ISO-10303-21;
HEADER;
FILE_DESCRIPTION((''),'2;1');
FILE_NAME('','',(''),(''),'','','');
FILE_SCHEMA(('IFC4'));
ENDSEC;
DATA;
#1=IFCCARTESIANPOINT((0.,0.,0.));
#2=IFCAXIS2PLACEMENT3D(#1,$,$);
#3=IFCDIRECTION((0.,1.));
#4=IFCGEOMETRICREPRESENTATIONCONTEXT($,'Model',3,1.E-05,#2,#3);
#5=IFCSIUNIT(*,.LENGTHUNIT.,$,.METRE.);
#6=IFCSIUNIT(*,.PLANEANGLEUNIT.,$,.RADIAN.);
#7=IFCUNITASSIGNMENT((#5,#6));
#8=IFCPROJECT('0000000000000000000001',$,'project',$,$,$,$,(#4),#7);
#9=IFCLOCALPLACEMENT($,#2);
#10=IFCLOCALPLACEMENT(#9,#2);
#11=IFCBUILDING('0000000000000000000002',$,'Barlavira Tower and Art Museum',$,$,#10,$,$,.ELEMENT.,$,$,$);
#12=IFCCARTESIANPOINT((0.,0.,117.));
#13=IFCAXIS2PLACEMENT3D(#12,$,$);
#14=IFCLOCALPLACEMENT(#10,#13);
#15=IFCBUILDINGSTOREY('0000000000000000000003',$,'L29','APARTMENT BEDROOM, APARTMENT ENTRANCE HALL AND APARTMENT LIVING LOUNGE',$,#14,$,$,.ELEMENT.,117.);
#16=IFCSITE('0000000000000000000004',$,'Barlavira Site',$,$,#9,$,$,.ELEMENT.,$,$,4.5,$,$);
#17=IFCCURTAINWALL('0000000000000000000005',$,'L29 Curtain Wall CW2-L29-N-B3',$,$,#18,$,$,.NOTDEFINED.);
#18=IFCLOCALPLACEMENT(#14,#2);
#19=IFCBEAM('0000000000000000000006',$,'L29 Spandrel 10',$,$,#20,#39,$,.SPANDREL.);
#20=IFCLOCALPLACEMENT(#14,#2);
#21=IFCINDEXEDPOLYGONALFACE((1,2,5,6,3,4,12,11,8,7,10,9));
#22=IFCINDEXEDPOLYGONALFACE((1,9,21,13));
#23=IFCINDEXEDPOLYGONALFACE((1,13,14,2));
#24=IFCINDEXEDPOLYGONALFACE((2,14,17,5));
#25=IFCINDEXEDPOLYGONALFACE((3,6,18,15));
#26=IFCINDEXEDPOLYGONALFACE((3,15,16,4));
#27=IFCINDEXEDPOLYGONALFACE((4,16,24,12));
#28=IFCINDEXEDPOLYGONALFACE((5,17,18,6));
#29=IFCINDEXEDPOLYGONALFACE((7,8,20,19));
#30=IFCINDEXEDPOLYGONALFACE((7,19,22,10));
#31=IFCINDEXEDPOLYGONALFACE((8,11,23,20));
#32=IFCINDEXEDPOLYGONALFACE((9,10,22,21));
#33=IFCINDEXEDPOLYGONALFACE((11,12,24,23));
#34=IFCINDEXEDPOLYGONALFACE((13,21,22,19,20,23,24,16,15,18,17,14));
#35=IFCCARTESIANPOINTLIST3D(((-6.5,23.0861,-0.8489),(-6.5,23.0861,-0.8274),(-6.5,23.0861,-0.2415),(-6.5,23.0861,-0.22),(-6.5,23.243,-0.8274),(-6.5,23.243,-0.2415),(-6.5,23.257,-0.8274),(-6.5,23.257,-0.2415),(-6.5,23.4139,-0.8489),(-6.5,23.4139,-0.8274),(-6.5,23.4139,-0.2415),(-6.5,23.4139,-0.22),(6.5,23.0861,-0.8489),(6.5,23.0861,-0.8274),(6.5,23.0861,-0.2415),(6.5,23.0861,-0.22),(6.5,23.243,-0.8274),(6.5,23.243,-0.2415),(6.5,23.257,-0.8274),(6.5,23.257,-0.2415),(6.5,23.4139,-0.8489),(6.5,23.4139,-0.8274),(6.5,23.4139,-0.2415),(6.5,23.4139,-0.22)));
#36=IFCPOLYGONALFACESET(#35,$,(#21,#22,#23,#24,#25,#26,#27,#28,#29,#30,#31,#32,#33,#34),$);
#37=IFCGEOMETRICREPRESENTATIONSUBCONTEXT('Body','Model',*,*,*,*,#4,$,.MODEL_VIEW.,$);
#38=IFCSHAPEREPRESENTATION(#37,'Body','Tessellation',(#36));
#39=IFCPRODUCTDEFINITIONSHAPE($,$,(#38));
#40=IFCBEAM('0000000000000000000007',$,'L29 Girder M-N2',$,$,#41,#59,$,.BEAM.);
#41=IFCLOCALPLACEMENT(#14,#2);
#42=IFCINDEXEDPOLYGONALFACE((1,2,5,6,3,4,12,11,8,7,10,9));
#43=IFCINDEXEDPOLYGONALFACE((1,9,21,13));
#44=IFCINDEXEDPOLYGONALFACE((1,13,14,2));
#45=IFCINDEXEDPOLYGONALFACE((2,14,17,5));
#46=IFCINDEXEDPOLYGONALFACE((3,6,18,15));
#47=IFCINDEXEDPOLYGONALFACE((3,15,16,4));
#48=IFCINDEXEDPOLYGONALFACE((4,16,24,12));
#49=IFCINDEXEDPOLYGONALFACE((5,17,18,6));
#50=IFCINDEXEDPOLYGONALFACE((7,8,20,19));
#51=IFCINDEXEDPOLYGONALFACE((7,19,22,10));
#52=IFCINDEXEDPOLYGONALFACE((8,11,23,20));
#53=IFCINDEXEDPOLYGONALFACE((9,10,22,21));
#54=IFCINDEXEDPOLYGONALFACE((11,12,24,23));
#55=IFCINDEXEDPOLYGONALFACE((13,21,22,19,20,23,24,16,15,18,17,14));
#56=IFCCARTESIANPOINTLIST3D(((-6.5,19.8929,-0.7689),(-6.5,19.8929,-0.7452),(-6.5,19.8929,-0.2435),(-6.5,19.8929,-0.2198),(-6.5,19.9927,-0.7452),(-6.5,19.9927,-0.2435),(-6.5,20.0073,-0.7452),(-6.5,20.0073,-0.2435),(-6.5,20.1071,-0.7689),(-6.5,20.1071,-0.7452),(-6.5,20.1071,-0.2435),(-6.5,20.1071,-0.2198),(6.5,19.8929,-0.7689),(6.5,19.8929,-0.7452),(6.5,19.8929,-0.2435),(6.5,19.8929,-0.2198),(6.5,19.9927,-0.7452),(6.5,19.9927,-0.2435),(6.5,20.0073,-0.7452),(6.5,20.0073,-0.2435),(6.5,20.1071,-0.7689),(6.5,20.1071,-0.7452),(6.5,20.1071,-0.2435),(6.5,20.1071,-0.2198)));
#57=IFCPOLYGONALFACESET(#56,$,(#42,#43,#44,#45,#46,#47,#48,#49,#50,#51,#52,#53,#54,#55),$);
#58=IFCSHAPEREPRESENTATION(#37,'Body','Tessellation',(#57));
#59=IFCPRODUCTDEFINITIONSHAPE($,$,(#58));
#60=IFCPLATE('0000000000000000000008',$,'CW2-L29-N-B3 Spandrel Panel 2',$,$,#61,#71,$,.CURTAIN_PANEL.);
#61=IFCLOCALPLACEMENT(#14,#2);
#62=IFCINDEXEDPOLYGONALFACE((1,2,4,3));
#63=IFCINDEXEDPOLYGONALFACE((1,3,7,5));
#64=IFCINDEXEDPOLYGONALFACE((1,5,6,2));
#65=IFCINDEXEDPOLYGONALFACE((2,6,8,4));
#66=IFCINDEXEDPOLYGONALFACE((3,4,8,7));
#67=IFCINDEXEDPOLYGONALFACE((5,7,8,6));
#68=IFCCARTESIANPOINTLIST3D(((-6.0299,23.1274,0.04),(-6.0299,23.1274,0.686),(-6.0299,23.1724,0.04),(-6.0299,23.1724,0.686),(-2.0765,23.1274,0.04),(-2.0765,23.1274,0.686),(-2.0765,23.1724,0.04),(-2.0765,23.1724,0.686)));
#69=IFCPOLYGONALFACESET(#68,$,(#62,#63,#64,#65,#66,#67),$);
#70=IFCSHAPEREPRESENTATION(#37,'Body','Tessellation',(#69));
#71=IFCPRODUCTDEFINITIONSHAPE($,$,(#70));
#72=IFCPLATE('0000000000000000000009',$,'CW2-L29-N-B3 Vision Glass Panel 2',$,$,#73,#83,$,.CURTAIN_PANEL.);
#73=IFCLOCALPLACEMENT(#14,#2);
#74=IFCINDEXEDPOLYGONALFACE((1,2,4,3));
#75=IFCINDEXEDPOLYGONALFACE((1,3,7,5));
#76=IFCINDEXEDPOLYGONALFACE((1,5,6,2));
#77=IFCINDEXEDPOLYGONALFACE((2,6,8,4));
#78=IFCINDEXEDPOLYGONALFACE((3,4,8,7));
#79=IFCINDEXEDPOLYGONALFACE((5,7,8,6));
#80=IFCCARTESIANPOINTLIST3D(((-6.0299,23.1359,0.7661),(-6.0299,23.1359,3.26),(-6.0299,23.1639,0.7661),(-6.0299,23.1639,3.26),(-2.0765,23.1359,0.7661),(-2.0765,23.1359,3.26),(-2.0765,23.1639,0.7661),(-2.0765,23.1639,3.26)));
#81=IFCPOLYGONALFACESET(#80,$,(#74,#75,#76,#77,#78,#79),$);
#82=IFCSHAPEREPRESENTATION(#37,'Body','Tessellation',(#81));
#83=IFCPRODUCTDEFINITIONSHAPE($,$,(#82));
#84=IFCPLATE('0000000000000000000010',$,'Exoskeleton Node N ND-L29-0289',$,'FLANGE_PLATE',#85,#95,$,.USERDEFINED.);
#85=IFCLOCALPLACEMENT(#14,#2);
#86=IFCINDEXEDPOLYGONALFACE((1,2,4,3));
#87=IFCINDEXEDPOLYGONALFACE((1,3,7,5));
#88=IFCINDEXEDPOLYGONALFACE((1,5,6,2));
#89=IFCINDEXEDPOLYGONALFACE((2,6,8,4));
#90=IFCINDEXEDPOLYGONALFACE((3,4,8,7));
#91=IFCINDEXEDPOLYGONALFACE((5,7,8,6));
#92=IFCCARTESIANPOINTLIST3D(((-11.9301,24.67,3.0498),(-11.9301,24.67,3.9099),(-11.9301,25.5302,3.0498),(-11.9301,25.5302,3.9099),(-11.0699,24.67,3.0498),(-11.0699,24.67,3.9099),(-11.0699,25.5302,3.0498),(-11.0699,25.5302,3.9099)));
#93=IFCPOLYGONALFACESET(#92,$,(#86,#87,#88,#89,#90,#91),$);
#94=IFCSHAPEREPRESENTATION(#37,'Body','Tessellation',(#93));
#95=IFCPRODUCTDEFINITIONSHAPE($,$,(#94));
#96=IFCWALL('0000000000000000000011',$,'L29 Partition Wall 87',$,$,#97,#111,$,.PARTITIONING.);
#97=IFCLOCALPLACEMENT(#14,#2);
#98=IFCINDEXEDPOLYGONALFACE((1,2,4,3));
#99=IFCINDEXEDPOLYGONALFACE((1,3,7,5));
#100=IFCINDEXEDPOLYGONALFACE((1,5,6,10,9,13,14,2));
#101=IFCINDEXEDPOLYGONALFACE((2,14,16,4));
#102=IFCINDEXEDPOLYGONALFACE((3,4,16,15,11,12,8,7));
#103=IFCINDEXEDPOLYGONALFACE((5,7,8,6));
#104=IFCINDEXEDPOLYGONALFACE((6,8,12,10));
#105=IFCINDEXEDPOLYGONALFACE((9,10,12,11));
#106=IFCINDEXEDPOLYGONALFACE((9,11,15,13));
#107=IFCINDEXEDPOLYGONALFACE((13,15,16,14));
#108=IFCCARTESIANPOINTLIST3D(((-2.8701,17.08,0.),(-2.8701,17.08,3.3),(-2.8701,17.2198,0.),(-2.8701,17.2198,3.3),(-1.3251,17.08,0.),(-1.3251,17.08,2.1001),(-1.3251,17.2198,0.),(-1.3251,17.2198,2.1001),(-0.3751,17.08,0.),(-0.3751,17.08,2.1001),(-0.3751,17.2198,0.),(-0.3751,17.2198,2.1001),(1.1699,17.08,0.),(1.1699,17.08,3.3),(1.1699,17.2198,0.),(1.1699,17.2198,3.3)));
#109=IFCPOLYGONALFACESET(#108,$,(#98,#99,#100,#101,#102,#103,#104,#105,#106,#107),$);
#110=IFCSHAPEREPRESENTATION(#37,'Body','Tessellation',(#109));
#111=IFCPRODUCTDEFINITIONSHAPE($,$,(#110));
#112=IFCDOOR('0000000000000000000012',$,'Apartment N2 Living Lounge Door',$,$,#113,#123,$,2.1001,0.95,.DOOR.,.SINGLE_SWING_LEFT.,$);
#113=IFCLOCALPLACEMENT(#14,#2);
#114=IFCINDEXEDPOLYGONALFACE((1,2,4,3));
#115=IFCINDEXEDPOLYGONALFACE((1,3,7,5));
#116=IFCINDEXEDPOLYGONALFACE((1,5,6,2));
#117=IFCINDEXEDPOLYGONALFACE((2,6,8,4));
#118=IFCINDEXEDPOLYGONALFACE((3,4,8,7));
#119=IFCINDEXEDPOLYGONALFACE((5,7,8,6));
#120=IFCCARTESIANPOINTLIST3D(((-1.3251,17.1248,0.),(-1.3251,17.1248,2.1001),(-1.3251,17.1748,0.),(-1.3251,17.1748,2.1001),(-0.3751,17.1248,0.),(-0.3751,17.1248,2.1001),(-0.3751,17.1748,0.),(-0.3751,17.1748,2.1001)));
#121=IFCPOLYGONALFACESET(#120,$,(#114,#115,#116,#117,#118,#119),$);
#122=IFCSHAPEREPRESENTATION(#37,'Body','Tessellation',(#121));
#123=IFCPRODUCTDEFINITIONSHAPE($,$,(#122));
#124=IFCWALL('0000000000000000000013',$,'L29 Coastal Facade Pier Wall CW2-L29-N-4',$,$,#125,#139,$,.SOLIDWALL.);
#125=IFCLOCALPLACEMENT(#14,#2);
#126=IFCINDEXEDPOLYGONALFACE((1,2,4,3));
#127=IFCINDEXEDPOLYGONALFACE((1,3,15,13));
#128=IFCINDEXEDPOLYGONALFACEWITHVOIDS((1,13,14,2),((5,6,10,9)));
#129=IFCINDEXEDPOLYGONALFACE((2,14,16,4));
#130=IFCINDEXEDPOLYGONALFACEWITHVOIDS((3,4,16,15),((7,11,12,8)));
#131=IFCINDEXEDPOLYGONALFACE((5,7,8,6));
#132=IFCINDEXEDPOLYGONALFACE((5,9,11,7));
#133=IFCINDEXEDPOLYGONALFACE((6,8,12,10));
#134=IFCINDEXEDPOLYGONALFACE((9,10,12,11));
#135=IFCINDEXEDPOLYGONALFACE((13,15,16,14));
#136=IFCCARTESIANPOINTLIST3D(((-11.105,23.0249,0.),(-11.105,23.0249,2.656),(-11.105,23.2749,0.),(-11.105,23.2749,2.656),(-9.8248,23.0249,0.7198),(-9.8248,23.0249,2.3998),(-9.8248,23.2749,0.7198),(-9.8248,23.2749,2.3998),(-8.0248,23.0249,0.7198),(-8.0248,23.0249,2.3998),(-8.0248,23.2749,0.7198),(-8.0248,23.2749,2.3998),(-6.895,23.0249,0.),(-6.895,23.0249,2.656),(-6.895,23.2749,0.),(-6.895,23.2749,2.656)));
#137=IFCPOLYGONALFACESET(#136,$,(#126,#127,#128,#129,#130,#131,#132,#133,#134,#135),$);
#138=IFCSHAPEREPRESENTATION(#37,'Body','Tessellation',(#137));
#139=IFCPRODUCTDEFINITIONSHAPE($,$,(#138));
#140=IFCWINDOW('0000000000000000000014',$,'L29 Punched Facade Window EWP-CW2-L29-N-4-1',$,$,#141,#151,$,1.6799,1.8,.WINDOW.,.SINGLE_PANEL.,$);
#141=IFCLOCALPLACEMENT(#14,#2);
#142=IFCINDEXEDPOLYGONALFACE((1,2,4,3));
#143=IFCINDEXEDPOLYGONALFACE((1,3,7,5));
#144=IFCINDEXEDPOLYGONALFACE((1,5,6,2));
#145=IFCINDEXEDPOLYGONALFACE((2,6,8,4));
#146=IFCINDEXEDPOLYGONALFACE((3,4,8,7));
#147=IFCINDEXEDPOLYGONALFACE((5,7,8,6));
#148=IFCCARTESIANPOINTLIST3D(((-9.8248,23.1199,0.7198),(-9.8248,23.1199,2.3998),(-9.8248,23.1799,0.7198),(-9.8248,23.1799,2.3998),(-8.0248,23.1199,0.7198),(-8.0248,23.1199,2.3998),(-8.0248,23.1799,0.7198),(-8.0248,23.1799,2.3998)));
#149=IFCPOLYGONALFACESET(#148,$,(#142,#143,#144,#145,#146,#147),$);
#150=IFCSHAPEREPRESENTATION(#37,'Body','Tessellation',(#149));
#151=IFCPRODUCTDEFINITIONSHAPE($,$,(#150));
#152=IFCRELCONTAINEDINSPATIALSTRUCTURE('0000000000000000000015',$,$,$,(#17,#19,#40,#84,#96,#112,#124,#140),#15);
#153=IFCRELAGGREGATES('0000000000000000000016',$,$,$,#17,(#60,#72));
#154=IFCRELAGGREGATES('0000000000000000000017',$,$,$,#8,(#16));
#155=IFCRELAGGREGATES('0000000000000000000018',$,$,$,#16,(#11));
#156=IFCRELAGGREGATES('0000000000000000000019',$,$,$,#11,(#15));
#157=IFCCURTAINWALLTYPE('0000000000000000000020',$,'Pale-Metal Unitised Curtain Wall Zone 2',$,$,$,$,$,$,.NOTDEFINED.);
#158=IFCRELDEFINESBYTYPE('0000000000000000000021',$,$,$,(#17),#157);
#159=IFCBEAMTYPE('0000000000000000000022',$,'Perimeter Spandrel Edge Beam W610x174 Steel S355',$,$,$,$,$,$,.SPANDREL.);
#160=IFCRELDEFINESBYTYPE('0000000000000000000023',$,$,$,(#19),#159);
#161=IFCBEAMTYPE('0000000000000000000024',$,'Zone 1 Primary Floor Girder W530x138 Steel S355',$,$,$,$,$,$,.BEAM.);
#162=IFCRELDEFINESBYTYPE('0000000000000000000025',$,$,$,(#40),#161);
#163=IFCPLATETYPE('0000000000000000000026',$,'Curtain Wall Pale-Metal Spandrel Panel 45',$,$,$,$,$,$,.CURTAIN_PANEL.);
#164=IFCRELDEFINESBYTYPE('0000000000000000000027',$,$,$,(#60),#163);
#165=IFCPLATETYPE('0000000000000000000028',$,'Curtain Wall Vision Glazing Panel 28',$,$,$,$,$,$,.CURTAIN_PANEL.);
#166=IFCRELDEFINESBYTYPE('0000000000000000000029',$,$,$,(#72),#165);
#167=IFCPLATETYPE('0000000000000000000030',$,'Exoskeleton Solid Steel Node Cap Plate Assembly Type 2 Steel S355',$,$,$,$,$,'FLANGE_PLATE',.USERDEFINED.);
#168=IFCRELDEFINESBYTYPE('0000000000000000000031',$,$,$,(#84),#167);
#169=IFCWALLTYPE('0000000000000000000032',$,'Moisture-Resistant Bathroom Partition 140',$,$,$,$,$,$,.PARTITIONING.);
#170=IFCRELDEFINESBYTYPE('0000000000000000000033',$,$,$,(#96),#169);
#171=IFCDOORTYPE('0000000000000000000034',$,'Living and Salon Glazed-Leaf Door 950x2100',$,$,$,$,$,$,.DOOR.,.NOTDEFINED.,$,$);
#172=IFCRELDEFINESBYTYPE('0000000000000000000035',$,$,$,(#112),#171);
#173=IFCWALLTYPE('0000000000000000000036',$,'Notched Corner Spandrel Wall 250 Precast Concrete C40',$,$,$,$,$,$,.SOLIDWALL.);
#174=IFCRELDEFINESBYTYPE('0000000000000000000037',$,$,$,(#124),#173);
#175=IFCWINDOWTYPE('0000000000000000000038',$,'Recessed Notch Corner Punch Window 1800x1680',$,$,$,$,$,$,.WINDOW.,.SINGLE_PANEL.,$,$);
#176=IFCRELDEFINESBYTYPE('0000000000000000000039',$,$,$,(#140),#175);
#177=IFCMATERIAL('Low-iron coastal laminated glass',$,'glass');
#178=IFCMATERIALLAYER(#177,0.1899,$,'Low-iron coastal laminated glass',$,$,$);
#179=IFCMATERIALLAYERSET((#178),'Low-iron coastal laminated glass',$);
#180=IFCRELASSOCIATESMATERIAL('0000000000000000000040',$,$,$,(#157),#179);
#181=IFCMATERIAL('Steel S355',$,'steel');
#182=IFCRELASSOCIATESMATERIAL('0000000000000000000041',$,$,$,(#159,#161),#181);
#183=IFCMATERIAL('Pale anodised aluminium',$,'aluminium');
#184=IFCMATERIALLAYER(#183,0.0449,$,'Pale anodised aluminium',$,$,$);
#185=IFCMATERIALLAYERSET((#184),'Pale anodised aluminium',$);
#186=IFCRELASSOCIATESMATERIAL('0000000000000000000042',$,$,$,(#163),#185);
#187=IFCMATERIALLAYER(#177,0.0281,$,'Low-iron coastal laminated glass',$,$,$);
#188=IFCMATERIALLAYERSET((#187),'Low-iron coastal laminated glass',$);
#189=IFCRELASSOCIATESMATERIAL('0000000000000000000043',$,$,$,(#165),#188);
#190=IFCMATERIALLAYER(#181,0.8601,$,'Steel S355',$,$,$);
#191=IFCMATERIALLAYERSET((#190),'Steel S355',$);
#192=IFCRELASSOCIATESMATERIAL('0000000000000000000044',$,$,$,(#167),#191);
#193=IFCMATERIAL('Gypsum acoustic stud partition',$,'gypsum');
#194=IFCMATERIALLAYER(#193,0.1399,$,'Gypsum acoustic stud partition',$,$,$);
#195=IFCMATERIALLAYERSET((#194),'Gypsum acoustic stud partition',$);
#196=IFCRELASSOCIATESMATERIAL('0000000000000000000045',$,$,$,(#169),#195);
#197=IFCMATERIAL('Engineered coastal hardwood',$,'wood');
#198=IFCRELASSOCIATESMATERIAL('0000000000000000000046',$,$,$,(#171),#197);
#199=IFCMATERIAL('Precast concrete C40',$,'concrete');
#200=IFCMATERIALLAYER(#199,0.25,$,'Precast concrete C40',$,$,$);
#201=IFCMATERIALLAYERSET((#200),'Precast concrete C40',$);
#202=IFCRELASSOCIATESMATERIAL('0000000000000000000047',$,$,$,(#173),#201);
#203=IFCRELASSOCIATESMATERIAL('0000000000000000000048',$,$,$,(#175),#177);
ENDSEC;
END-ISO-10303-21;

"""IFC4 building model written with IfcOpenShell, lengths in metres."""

from ifc_helpers import new_model, si_unit, direction, frame, frame_2d, origin, origin_2d, place, context, subcontext, project, spatial, rectangle, i_section, extrude, material, layer, layer_set, material_profile, profile_set, type_object, element, fill, aggregate, save


model = new_model("IFC4")

# Units and contexts
model_context = context("Model", 3, precision=1e-05, world=origin(), true_north=direction((0.0, 1.0)))
body_context = subcontext(model_context, "Body", "Model", "MODEL_VIEW")
ifc_project = project(units=[si_unit("LENGTHUNIT", "METRE"), si_unit("PLANEANGLEUNIT", "RADIAN")], contexts=[model_context])

# Site, building, storey
site_placement = place(None, origin())
site = spatial("IfcSite", under=ifc_project, at=site_placement, Name="Barlavira Site", CompositionType="ELEMENT", RefElevation=4.5)
building_placement = place(site_placement, origin())
building = spatial("IfcBuilding", under=site, at=building_placement, Name="Barlavira Tower and Art Museum", CompositionType="ELEMENT")
storey_placement = place(building_placement, frame((0.0, 0.0, 117.0)))
storey = spatial("IfcBuildingStorey", under=building, at=storey_placement, Name="L29", Description="APARTMENT BEDROOM, APARTMENT ENTRANCE HALL AND APARTMENT LIVING LOUNGE", CompositionType="ELEMENT", Elevation=117.0)

# Curtain wall
ifc_material_1 = material(Name="Low-iron coastal laminated glass", Category="glass")
ifc_layer_1 = layer(ifc_material_1, 0.1899, Name="Low-iron coastal laminated glass")
ifc_layer_set_1 = layer_set([ifc_layer_1], Name="Low-iron coastal laminated glass")
curtain_wall_type = type_object("IfcCurtainWallType", Name="Pale-Metal Unitised Curtain Wall Zone 2", PredefinedType="NOTDEFINED", material=ifc_layer_set_1)
curtain_wall_placement = place(storey_placement, origin())
curtain_wall = element("IfcCurtainWall", 1, at=curtain_wall_placement, inside=storey, type_object=curtain_wall_type, Name="L29 Curtain Wall CW2-L29-N-B3", PredefinedType="NOTDEFINED")
ifc_material_2 = material(Name="Pale anodised aluminium", Category="aluminium")

# Shared definitions
ifc_material_3 = material(Name="Steel S355", Category="steel")

# Beams
ifc_material_profile_1 = material_profile(ifc_material_3, i_section(OverallWidth=0.3279, OverallDepth=0.6289, WebThickness=0.0139, FlangeThickness=0.0215, at=origin_2d()), Name="W610x174.0")
ifc_profile_set_1 = profile_set([ifc_material_profile_1], Name="Steel S355")
beam_type_1 = type_object("IfcBeamType", Name="Perimeter Spandrel Edge Beam W610x174 Steel S355", PredefinedType="SPANDREL", material=ifc_profile_set_1)
beam_1_placement = place(storey_placement, frame((-6.5, 23.25, -0.5344), z_axis=(1.0, 0.0, 0.0), x_axis=(0.0, 1.0, 0.0)))
element("IfcBeam", 2, at=beam_1_placement, inside=storey, type_object=beam_type_1, Name="L29 Spandrel 10", PredefinedType="SPANDREL", context=body_context, shape_type="SweptSolid", body=[
    extrude(i_section(OverallWidth=0.3279, OverallDepth=0.6289, WebThickness=0.0139, FlangeThickness=0.0215, at=origin_2d()), origin(), (0.0, 0.0, 1.0), 13.0),
])
ifc_material_profile_2 = material_profile(ifc_material_3, i_section(OverallWidth=0.2141, OverallDepth=0.5491, WebThickness=0.0146, FlangeThickness=0.0237, at=origin_2d()), Name="W530x138.0")
ifc_profile_set_2 = profile_set([ifc_material_profile_2], Name="Steel S355")
beam_type_2 = type_object("IfcBeamType", Name="Zone 1 Primary Floor Girder W530x138 Steel S355", PredefinedType="BEAM", material=ifc_profile_set_2)
beam_2_placement = place(storey_placement, frame((-6.5, 20.0, -0.4944), z_axis=(1.0, 0.0, 0.0), x_axis=(0.0, 1.0, 0.0)))
element("IfcBeam", 3, at=beam_2_placement, inside=storey, type_object=beam_type_2, Name="L29 Girder M-N2", PredefinedType="BEAM", context=body_context, shape_type="SweptSolid", body=[
    extrude(i_section(OverallWidth=0.2141, OverallDepth=0.5491, WebThickness=0.0146, FlangeThickness=0.0237, at=origin_2d()), origin(), (0.0, 0.0, 1.0), 13.0),
])

# Plates
ifc_layer_2 = layer(ifc_material_2, 0.0449, Name="Pale anodised aluminium")
ifc_layer_set_2 = layer_set([ifc_layer_2], Name="Pale anodised aluminium")
plate_type_1 = type_object("IfcPlateType", Name="Curtain Wall Pale-Metal Spandrel Panel 45", PredefinedType="CURTAIN_PANEL", material=ifc_layer_set_2)
plate_1_placement = place(storey_placement, frame((-4.0532, 23.1499, 0.04), z_axis=(0.0, 0.0, 1.0), x_axis=(-1.0, 0.0, 0.0)))
plate_1 = element("IfcPlate", 4, at=plate_1_placement, type_object=plate_type_1, Name="CW2-L29-N-B3 Spandrel Panel 2", PredefinedType="CURTAIN_PANEL", context=body_context, shape_type="SweptSolid", body=[
    extrude(rectangle(XDim=3.9534, YDim=0.0449, at=origin_2d()), origin(), (0.0, 0.0, 1.0), 0.646),
])
ifc_layer_3 = layer(ifc_material_1, 0.0281, Name="Low-iron coastal laminated glass")
ifc_layer_set_3 = layer_set([ifc_layer_3], Name="Low-iron coastal laminated glass")
plate_type_2 = type_object("IfcPlateType", Name="Curtain Wall Vision Glazing Panel 28", PredefinedType="CURTAIN_PANEL", material=ifc_layer_set_3)
plate_2_placement = place(storey_placement, frame((-4.0532, 23.1499, 0.7661), z_axis=(0.0, 0.0, 1.0), x_axis=(-1.0, 0.0, 0.0)))
plate_2 = element("IfcPlate", 5, at=plate_2_placement, type_object=plate_type_2, Name="CW2-L29-N-B3 Vision Glass Panel 2", PredefinedType="CURTAIN_PANEL", context=body_context, shape_type="SweptSolid", body=[
    extrude(rectangle(XDim=3.9534, YDim=0.0281, at=origin_2d()), origin(), (0.0, 0.0, 1.0), 2.4939),
])
aggregate(curtain_wall, [plate_1, plate_2])
ifc_layer_4 = layer(ifc_material_3, 0.8601, Name="Steel S355")
ifc_layer_set_4 = layer_set([ifc_layer_4], Name="Steel S355")
plate_type_3 = type_object("IfcPlateType", Name="Exoskeleton Solid Steel Node Cap Plate Assembly Type 2 Steel S355", ElementType="FLANGE_PLATE", PredefinedType="USERDEFINED", material=ifc_layer_set_4)
plate_3_placement = place(storey_placement, frame((-11.5, 25.1001, 3.0498), z_axis=(0.0, 0.0, 1.0), x_axis=(1.0, 0.0, 0.0)))
element("IfcPlate", 6, at=plate_3_placement, inside=storey, type_object=plate_type_3, Name="Exoskeleton Node N ND-L29-0289", ObjectType="FLANGE_PLATE", PredefinedType="USERDEFINED", context=body_context, shape_type="SweptSolid", body=[
    extrude(rectangle(XDim=0.8601, YDim=0.8601, at=origin_2d()), origin(), (0.0, 0.0, 1.0), 0.8601),
])

# Wall, opening, door
ifc_material_4 = material(Name="Gypsum acoustic stud partition", Category="gypsum")
ifc_layer_5 = layer(ifc_material_4, 0.1399, Name="Gypsum acoustic stud partition")
ifc_layer_set_5 = layer_set([ifc_layer_5], Name="Gypsum acoustic stud partition")
wall_type_1 = type_object("IfcWallType", Name="Moisture-Resistant Bathroom Partition 140", PredefinedType="PARTITIONING", material=ifc_layer_set_5)
wall_1_placement = place(storey_placement, frame((-2.8701, 17.1499, 0.0), z_axis=(0.0, 0.0, 1.0), x_axis=(1.0, 0.0, 0.0)))
wall_1 = element("IfcWall", 7, at=wall_1_placement, inside=storey, type_object=wall_type_1, Name="L29 Partition Wall 87", PredefinedType="PARTITIONING", context=body_context, shape_type="SweptSolid", body=[
    extrude(rectangle(XDim=4.04, YDim=0.1399, at=frame_2d((2.02, 0.0))), origin(), (0.0, 0.0, 1.0), 3.3),
])
opening_1_placement = place(wall_1_placement, frame((1.5449, 0.0, 0.0)))
opening_1 = element("IfcOpeningElement", 8, at=opening_1_placement, cuts=wall_1, PredefinedType="OPENING", context=body_context, shape_type="SweptSolid", body=[
    extrude(rectangle(XDim=0.95, YDim=2.1001, at=frame_2d((0.4751, 1.05))), frame((0.0, 0.0801, 0.0), z_axis=(0.0, -1.0, 0.0), x_axis=(1.0, 0.0, 0.0)), (0.0, 0.0, 1.0), 0.1599),
])
ifc_material_5 = material(Name="Engineered coastal hardwood", Category="wood")
door_type = type_object("IfcDoorType", Name="Living and Salon Glazed-Leaf Door 950x2100", OperationType="NOTDEFINED", PredefinedType="DOOR", material=ifc_material_5)
door_placement = place(opening_1_placement, origin())
door = element("IfcDoor", 9, at=door_placement, inside=storey, type_object=door_type, Name="Apartment N2 Living Lounge Door", OperationType="SINGLE_SWING_LEFT", OverallHeight=2.1001, OverallWidth=0.95, PredefinedType="DOOR", context=body_context, shape_type="SweptSolid", body=[
    extrude(rectangle(XDim=0.95, YDim=2.1001, at=frame_2d((0.4751, 1.05))), frame((0.0, 0.0249, 0.0), z_axis=(0.0, -1.0, 0.0), x_axis=(1.0, 0.0, 0.0)), (0.0, 0.0, 1.0), 0.05),
])
fill(opening_1, door)

# Wall, opening, window
ifc_material_6 = material(Name="Precast concrete C40", Category="concrete")
ifc_layer_6 = layer(ifc_material_6, 0.25, Name="Precast concrete C40")
ifc_layer_set_6 = layer_set([ifc_layer_6], Name="Precast concrete C40")
wall_type_2 = type_object("IfcWallType", Name="Notched Corner Spandrel Wall 250 Precast Concrete C40", PredefinedType="SOLIDWALL", material=ifc_layer_set_6)
wall_2_placement = place(storey_placement, frame((-6.895, 23.1499, 0.0), z_axis=(0.0, 0.0, 1.0), x_axis=(-1.0, 0.0, 0.0)))
wall_2 = element("IfcWall", 10, at=wall_2_placement, inside=storey, type_object=wall_type_2, Name="L29 Coastal Facade Pier Wall CW2-L29-N-4", PredefinedType="SOLIDWALL", context=body_context, shape_type="SweptSolid", body=[
    extrude(rectangle(XDim=4.21, YDim=0.25, at=frame_2d((2.105, 0.0))), origin(), (0.0, 0.0, 1.0), 2.656),
])
opening_2_placement = place(wall_2_placement, frame((1.1299, 0.0, 0.72)))
opening_2 = element("IfcOpeningElement", 11, at=opening_2_placement, cuts=wall_2, PredefinedType="OPENING", context=body_context, shape_type="SweptSolid", body=[
    extrude(rectangle(XDim=1.8, YDim=1.6799, at=frame_2d((0.8999, 0.8398))), frame((0.0, 0.135, 0.0), z_axis=(0.0, -1.0, 0.0), x_axis=(1.0, 0.0, 0.0)), (0.0, 0.0, 1.0), 0.27),
])
window_type = type_object("IfcWindowType", Name="Recessed Notch Corner Punch Window 1800x1680", PartitioningType="SINGLE_PANEL", PredefinedType="WINDOW", material=ifc_material_1)
window_placement = place(opening_2_placement, origin())
window = element("IfcWindow", 12, at=window_placement, inside=storey, type_object=window_type, Name="L29 Punched Facade Window EWP-CW2-L29-N-4-1", OverallHeight=1.6799, OverallWidth=1.8, PartitioningType="SINGLE_PANEL", PredefinedType="WINDOW", context=body_context, shape_type="SweptSolid", body=[
    extrude(rectangle(XDim=1.8, YDim=1.6799, at=frame_2d((0.8999, 0.8398))), frame((0.0, 0.03, 0.0), z_axis=(0.0, -1.0, 0.0), x_axis=(1.0, 0.0, 0.0)), (0.0, 0.0, 1.0), 0.0601),
])
fill(opening_2, window)

save(model, "model.ifc")
